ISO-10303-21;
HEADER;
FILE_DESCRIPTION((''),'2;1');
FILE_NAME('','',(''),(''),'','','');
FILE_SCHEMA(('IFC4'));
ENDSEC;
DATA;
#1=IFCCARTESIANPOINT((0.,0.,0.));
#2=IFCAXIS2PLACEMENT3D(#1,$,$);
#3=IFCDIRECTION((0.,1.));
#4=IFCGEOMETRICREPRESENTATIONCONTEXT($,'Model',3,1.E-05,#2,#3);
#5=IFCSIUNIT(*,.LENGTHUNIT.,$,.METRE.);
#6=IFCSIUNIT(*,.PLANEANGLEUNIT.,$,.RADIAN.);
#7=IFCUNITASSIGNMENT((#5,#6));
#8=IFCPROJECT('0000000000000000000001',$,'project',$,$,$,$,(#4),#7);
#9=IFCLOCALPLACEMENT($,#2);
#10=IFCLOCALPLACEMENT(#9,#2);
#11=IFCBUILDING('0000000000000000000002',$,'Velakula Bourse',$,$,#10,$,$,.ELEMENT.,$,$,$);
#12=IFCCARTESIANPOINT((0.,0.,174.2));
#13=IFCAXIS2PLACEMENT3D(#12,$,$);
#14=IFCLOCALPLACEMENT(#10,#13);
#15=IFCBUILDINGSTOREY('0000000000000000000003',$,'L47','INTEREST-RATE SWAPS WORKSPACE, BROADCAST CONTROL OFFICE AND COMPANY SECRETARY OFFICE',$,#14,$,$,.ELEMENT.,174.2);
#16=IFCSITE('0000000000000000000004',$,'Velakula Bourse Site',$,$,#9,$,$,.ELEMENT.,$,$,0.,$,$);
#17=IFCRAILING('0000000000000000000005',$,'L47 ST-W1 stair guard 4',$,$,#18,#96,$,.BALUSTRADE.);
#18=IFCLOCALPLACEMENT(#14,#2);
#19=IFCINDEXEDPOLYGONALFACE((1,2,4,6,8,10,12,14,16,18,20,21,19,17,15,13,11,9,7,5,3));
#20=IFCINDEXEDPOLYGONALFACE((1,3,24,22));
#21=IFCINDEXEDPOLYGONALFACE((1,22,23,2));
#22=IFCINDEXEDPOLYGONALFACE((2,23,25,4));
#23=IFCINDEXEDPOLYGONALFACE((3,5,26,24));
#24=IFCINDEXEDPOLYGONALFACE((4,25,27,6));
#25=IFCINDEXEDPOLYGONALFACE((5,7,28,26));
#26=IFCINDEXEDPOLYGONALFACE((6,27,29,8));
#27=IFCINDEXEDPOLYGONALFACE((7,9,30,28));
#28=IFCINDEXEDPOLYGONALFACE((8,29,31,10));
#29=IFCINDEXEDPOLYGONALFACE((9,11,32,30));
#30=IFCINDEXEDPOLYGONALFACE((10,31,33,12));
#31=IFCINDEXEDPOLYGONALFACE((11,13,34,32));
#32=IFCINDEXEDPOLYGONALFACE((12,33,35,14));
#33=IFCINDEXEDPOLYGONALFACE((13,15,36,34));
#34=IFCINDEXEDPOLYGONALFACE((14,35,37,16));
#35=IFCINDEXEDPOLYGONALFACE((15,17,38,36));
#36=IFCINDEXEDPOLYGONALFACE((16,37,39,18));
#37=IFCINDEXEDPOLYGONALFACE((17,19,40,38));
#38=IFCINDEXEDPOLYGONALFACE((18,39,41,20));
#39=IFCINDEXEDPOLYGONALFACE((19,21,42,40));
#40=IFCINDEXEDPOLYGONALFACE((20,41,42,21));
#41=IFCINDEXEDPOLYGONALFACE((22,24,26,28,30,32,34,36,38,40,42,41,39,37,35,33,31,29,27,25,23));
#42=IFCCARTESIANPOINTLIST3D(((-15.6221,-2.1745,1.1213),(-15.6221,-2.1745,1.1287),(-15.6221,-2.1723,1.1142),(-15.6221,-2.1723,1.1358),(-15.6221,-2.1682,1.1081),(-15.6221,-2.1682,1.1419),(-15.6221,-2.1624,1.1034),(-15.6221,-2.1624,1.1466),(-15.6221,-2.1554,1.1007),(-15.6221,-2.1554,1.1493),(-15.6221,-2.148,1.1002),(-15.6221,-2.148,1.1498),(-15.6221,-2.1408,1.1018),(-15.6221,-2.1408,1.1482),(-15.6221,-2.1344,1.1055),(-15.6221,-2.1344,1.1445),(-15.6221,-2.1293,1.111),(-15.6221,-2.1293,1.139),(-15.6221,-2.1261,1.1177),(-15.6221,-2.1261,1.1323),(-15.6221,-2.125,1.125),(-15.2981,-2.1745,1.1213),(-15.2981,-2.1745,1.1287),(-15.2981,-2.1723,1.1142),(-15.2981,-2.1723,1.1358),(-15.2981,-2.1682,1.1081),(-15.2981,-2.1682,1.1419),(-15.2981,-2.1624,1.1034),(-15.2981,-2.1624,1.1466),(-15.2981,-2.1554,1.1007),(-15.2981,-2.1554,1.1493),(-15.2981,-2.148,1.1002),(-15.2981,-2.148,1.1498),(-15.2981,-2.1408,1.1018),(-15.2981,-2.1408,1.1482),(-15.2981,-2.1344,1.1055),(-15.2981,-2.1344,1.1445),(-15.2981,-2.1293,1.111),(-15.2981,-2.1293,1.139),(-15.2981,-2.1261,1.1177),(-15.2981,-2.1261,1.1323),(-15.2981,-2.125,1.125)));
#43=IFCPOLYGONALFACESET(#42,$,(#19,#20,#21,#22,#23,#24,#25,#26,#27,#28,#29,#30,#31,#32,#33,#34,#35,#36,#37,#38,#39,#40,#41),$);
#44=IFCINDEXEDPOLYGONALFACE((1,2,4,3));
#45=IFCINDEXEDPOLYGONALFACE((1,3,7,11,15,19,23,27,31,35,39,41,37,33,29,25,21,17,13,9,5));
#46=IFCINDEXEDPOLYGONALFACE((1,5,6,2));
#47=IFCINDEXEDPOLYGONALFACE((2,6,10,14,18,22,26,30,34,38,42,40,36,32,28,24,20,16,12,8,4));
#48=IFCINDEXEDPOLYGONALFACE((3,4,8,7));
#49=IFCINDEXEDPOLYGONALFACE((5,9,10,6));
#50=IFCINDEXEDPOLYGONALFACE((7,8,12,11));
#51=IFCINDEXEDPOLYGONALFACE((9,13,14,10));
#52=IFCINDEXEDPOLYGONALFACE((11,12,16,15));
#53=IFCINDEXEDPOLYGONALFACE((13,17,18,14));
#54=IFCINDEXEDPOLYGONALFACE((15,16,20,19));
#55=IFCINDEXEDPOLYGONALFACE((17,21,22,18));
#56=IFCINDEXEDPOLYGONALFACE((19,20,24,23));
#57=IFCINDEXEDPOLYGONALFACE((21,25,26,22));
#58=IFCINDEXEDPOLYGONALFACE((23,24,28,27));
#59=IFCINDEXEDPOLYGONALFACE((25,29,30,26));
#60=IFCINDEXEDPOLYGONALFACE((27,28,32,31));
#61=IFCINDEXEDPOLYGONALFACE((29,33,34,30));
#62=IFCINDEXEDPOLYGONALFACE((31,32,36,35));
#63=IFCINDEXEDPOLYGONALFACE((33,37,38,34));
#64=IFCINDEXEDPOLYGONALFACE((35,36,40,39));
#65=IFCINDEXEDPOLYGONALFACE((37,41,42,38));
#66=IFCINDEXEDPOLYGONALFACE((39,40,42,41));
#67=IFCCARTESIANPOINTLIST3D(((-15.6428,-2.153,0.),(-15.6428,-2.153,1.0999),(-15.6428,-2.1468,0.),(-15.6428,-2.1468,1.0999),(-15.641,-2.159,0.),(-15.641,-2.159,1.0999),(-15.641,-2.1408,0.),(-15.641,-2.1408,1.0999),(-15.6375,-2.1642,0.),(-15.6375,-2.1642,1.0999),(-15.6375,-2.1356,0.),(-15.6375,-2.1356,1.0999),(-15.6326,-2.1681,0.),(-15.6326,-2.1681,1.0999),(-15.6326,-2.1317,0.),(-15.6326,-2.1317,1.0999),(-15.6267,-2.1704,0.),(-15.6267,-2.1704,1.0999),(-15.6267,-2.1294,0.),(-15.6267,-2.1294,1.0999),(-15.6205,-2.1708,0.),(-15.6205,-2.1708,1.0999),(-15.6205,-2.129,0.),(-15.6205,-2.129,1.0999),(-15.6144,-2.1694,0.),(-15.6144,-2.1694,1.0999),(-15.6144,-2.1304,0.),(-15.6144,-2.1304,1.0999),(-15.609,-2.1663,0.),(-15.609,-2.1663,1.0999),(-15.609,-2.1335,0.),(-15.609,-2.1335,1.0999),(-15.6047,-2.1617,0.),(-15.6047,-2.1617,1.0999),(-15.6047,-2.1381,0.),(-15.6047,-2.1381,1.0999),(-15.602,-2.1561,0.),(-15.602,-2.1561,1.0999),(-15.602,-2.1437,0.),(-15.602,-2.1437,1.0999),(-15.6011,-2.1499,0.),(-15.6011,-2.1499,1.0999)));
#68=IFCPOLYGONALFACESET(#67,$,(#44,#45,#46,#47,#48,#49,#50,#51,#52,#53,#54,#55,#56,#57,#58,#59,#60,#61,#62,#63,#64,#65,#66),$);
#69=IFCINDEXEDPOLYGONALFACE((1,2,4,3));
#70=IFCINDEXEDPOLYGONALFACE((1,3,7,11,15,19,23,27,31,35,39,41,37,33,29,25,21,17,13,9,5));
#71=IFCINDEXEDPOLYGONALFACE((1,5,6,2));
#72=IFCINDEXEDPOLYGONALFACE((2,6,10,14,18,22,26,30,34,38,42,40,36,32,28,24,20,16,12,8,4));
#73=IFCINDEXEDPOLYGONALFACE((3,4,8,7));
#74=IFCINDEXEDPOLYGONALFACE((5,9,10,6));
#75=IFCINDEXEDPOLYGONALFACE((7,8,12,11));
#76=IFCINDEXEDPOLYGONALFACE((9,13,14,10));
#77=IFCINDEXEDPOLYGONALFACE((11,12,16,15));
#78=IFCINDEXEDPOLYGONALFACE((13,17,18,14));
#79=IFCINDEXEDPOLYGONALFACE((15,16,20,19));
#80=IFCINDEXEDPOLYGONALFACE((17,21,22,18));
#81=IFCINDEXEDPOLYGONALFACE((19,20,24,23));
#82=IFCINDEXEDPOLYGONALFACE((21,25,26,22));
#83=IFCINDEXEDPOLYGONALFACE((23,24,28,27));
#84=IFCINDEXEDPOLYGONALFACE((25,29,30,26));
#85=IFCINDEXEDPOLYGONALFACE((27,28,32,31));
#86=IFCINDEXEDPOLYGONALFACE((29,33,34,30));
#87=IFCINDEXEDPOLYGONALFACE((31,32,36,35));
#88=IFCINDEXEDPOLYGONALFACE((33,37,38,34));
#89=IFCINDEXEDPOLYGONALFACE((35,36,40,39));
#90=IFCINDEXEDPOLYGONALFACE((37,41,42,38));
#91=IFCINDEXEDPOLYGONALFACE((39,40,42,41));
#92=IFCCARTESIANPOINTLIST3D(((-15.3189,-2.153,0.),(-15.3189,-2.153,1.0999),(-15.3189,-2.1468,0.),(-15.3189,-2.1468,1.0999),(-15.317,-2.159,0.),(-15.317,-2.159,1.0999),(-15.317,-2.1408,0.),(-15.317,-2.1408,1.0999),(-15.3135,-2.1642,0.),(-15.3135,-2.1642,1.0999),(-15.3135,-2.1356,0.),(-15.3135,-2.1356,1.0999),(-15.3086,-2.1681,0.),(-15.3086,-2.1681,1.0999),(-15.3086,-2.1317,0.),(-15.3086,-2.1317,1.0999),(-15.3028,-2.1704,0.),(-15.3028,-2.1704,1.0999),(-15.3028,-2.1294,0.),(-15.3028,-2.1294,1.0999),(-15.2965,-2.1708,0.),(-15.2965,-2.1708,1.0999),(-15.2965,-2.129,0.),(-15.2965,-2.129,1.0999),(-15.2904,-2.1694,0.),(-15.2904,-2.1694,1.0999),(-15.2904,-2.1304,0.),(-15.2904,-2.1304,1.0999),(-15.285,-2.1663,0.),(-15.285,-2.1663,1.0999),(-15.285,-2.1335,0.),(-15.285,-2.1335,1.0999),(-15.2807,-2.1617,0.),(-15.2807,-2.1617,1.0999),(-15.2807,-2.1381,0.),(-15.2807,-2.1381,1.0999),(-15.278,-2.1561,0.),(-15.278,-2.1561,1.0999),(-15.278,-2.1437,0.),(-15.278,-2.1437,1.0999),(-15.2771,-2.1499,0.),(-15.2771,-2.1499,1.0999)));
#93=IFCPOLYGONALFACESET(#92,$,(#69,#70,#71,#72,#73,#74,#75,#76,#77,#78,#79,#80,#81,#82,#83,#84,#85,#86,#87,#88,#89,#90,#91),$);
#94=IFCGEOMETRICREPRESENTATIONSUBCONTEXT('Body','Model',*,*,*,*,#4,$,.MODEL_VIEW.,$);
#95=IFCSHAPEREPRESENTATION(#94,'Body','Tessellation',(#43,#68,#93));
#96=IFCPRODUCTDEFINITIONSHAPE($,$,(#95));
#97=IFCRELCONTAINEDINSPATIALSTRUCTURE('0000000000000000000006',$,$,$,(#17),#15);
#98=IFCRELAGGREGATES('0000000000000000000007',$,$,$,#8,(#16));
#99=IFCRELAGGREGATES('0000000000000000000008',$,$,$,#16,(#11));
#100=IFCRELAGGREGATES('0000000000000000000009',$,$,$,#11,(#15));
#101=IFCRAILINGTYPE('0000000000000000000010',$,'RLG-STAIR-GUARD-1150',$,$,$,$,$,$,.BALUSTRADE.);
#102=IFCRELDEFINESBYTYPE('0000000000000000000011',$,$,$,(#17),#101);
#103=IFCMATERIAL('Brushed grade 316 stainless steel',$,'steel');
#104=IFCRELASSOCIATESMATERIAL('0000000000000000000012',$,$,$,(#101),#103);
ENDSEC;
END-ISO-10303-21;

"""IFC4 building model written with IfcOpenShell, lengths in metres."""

from ifc_helpers import new_model, si_unit, direction, frame, origin, origin_2d, place, context, subcontext, project, spatial, circle, extrude, material, type_object, element, save


model = new_model("IFC4")

# Units and contexts
model_context = context("Model", 3, precision=1e-05, world=origin(), true_north=direction((0.0, 1.0)))
body_context = subcontext(model_context, "Body", "Model", "MODEL_VIEW")
ifc_project = project(units=[si_unit("LENGTHUNIT", "METRE"), si_unit("PLANEANGLEUNIT", "RADIAN")], contexts=[model_context])

# Site, building, storey
site_placement = place(None, origin())
site = spatial("IfcSite", under=ifc_project, at=site_placement, Name="Velakula Bourse Site", CompositionType="ELEMENT", RefElevation=0.0)
building_placement = place(site_placement, origin())
building = spatial("IfcBuilding", under=site, at=building_placement, Name="Velakula Bourse", CompositionType="ELEMENT")
storey_placement = place(building_placement, frame((0.0, 0.0, 174.2)))
storey = spatial("IfcBuildingStorey", under=building, at=storey_placement, Name="L47", Description="INTEREST-RATE SWAPS WORKSPACE, BROADCAST CONTROL OFFICE AND COMPANY SECRETARY OFFICE", CompositionType="ELEMENT", Elevation=174.2)

# Shared definitions
ifc_material_1 = material(Name="Brushed grade 316 stainless steel", Category="steel")

# Railing
railing_type_1 = type_object("IfcRailingType", Name="RLG-STAIR-GUARD-1150", PredefinedType="BALUSTRADE", material=ifc_material_1)
railing_1_placement = place(storey_placement, frame((-15.6221, -2.1499, 0.0)))
element("IfcRailing", 1, at=railing_1_placement, inside=storey, type_object=railing_type_1, Name="L47 ST-W1 stair guard 4", PredefinedType="BALUSTRADE", context=body_context, shape_type="SweptSolid", body=[
    extrude(circle(Radius=0.0249, at=origin_2d()), frame((0.0, 0.0, 1.125), z_axis=(1.0, 0.0, 0.0), x_axis=(0.0, 1.0, 0.0)), (0.0, 0.0, 1.0), 0.324),
    extrude(circle(Radius=0.021, at=origin_2d()), origin(), (0.0, 0.0, 1.0), 1.0999),
    extrude(circle(Radius=0.021, at=origin_2d()), frame((0.324, 0.0, 0.0)), (0.0, 0.0, 1.0), 1.0999),
])

save(model, "model.ifc")
